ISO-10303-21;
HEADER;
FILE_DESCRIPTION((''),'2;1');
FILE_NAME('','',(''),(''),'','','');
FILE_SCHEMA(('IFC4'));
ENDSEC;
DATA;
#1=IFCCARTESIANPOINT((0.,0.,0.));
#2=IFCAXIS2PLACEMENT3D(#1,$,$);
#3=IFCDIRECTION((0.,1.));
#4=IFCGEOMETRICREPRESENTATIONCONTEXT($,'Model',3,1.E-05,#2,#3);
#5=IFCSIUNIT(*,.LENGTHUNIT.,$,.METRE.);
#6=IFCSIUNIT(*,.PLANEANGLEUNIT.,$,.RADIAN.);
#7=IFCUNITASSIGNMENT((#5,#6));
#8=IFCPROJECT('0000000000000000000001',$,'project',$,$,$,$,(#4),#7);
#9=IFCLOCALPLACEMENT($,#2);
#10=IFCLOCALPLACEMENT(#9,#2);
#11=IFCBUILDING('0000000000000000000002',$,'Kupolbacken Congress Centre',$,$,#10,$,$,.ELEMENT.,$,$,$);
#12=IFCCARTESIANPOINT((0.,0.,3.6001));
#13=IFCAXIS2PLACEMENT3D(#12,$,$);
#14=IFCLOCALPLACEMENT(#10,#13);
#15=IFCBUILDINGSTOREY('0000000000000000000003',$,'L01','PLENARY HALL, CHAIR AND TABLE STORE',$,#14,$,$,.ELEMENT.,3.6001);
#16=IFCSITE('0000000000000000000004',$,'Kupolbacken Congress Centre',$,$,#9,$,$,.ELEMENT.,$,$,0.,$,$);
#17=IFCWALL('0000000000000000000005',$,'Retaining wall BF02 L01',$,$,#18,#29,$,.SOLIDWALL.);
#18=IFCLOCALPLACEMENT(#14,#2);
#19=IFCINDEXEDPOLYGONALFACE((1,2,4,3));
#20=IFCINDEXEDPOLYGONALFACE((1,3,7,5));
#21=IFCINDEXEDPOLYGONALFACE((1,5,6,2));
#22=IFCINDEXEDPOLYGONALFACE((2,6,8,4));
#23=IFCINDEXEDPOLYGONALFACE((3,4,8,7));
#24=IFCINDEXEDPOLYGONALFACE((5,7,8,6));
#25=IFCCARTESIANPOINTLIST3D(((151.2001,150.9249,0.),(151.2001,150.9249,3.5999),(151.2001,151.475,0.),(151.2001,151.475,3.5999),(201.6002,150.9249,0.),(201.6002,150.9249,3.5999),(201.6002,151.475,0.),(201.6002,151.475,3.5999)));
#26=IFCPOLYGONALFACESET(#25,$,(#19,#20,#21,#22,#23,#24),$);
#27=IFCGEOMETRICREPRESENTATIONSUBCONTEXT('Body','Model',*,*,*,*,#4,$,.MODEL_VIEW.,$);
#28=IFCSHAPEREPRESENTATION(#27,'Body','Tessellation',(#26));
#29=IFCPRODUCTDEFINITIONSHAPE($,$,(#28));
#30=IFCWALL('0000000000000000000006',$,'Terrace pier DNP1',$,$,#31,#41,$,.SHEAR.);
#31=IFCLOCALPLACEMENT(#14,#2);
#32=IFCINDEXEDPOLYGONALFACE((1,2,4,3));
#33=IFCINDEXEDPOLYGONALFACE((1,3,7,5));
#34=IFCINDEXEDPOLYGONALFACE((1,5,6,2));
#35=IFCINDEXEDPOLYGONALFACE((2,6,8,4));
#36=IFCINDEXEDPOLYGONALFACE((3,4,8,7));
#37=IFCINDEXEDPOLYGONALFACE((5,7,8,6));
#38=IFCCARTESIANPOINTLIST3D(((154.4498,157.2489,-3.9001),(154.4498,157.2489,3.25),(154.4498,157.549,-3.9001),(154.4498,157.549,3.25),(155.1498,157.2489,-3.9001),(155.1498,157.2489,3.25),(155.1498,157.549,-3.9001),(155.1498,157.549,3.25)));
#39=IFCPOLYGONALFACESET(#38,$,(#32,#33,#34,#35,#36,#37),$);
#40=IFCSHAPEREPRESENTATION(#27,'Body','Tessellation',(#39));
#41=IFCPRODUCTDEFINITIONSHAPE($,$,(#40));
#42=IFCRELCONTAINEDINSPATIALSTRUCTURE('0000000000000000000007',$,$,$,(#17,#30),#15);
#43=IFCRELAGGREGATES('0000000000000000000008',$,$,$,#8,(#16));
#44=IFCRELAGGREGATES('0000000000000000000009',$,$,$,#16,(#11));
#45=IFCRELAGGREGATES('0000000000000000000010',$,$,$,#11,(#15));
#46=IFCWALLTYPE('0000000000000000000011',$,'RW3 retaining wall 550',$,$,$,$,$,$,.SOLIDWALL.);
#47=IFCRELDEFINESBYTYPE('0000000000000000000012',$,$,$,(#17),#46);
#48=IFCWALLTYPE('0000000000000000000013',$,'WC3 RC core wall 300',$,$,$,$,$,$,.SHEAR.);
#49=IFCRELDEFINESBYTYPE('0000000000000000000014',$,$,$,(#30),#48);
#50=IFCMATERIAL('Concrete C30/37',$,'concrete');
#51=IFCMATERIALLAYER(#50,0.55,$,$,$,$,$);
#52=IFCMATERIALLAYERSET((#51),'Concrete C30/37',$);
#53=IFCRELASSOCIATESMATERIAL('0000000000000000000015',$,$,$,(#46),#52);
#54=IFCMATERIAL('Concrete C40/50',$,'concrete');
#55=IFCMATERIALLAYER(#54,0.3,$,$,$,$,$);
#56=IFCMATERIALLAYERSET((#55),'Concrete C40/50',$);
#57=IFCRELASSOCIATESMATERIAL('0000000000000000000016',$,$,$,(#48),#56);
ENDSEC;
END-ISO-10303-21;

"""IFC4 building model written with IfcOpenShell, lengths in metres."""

from ifc_helpers import new_model, si_unit, direction, frame, frame_2d, origin, place, context, subcontext, project, spatial, rectangle, extrude, material, layer, layer_set, type_object, element, save


model = new_model("IFC4")

# Units and contexts
model_context = context("Model", 3, precision=1e-05, world=origin(), true_north=direction((0.0, 1.0)))
body_context = subcontext(model_context, "Body", "Model", "MODEL_VIEW")
ifc_project = project(units=[si_unit("LENGTHUNIT", "METRE"), si_unit("PLANEANGLEUNIT", "RADIAN")], contexts=[model_context])

# Site, building, storey
site_placement = place(None, origin())
site = spatial("IfcSite", under=ifc_project, at=site_placement, Name="Kupolbacken Congress Centre", CompositionType="ELEMENT", RefElevation=0.0)
building_placement = place(site_placement, origin())
building = spatial("IfcBuilding", under=site, at=building_placement, Name="Kupolbacken Congress Centre", CompositionType="ELEMENT")
storey_placement = place(building_placement, frame((0.0, 0.0, 3.6001)))
storey = spatial("IfcBuildingStorey", under=building, at=storey_placement, Name="L01", Description="PLENARY HALL, CHAIR AND TABLE STORE", CompositionType="ELEMENT", Elevation=3.6001)

# Walls
ifc_material_1 = material(Name="Concrete C30/37", Category="concrete")
ifc_layer_1 = layer(ifc_material_1, 0.55)
ifc_layer_set_1 = layer_set([ifc_layer_1], Name="Concrete C30/37")
wall_type_1 = type_object("IfcWallType", Name="RW3 retaining wall 550", PredefinedType="SOLIDWALL", material=ifc_layer_set_1)
wall_1_placement = place(storey_placement, frame((151.2, 151.2, 0.0), z_axis=(0.0, 0.0, 1.0), x_axis=(1.0, 0.0, 0.0)))
element("IfcWall", 1, at=wall_1_placement, inside=storey, type_object=wall_type_1, Name="Retaining wall BF02 L01", PredefinedType="SOLIDWALL", context=body_context, shape_type="SweptSolid", body=[
    extrude(rectangle(XDim=50.4001, YDim=0.55, at=frame_2d((25.2002, 0.0))), origin(), (0.0, 0.0, 1.0), 3.5999),
])
ifc_material_2 = material(Name="Concrete C40/50", Category="concrete")
ifc_layer_2 = layer(ifc_material_2, 0.3)
ifc_layer_set_2 = layer_set([ifc_layer_2], Name="Concrete C40/50")
wall_type_2 = type_object("IfcWallType", Name="WC3 RC core wall 300", PredefinedType="SHEAR", material=ifc_layer_set_2)
wall_2_placement = place(storey_placement, frame((154.4497, 157.3989, -3.9001), z_axis=(0.0, 0.0, 1.0), x_axis=(1.0, 0.0, 0.0)))
element("IfcWall", 2, at=wall_2_placement, inside=storey, type_object=wall_type_2, Name="Terrace pier DNP1", PredefinedType="SHEAR", context=body_context, shape_type="SweptSolid", body=[
    extrude(rectangle(XDim=0.7, YDim=0.3, at=frame_2d((0.3501, 0.0))), origin(), (0.0, 0.0, 1.0), 7.1501),
])

save(model, "model.ifc")
